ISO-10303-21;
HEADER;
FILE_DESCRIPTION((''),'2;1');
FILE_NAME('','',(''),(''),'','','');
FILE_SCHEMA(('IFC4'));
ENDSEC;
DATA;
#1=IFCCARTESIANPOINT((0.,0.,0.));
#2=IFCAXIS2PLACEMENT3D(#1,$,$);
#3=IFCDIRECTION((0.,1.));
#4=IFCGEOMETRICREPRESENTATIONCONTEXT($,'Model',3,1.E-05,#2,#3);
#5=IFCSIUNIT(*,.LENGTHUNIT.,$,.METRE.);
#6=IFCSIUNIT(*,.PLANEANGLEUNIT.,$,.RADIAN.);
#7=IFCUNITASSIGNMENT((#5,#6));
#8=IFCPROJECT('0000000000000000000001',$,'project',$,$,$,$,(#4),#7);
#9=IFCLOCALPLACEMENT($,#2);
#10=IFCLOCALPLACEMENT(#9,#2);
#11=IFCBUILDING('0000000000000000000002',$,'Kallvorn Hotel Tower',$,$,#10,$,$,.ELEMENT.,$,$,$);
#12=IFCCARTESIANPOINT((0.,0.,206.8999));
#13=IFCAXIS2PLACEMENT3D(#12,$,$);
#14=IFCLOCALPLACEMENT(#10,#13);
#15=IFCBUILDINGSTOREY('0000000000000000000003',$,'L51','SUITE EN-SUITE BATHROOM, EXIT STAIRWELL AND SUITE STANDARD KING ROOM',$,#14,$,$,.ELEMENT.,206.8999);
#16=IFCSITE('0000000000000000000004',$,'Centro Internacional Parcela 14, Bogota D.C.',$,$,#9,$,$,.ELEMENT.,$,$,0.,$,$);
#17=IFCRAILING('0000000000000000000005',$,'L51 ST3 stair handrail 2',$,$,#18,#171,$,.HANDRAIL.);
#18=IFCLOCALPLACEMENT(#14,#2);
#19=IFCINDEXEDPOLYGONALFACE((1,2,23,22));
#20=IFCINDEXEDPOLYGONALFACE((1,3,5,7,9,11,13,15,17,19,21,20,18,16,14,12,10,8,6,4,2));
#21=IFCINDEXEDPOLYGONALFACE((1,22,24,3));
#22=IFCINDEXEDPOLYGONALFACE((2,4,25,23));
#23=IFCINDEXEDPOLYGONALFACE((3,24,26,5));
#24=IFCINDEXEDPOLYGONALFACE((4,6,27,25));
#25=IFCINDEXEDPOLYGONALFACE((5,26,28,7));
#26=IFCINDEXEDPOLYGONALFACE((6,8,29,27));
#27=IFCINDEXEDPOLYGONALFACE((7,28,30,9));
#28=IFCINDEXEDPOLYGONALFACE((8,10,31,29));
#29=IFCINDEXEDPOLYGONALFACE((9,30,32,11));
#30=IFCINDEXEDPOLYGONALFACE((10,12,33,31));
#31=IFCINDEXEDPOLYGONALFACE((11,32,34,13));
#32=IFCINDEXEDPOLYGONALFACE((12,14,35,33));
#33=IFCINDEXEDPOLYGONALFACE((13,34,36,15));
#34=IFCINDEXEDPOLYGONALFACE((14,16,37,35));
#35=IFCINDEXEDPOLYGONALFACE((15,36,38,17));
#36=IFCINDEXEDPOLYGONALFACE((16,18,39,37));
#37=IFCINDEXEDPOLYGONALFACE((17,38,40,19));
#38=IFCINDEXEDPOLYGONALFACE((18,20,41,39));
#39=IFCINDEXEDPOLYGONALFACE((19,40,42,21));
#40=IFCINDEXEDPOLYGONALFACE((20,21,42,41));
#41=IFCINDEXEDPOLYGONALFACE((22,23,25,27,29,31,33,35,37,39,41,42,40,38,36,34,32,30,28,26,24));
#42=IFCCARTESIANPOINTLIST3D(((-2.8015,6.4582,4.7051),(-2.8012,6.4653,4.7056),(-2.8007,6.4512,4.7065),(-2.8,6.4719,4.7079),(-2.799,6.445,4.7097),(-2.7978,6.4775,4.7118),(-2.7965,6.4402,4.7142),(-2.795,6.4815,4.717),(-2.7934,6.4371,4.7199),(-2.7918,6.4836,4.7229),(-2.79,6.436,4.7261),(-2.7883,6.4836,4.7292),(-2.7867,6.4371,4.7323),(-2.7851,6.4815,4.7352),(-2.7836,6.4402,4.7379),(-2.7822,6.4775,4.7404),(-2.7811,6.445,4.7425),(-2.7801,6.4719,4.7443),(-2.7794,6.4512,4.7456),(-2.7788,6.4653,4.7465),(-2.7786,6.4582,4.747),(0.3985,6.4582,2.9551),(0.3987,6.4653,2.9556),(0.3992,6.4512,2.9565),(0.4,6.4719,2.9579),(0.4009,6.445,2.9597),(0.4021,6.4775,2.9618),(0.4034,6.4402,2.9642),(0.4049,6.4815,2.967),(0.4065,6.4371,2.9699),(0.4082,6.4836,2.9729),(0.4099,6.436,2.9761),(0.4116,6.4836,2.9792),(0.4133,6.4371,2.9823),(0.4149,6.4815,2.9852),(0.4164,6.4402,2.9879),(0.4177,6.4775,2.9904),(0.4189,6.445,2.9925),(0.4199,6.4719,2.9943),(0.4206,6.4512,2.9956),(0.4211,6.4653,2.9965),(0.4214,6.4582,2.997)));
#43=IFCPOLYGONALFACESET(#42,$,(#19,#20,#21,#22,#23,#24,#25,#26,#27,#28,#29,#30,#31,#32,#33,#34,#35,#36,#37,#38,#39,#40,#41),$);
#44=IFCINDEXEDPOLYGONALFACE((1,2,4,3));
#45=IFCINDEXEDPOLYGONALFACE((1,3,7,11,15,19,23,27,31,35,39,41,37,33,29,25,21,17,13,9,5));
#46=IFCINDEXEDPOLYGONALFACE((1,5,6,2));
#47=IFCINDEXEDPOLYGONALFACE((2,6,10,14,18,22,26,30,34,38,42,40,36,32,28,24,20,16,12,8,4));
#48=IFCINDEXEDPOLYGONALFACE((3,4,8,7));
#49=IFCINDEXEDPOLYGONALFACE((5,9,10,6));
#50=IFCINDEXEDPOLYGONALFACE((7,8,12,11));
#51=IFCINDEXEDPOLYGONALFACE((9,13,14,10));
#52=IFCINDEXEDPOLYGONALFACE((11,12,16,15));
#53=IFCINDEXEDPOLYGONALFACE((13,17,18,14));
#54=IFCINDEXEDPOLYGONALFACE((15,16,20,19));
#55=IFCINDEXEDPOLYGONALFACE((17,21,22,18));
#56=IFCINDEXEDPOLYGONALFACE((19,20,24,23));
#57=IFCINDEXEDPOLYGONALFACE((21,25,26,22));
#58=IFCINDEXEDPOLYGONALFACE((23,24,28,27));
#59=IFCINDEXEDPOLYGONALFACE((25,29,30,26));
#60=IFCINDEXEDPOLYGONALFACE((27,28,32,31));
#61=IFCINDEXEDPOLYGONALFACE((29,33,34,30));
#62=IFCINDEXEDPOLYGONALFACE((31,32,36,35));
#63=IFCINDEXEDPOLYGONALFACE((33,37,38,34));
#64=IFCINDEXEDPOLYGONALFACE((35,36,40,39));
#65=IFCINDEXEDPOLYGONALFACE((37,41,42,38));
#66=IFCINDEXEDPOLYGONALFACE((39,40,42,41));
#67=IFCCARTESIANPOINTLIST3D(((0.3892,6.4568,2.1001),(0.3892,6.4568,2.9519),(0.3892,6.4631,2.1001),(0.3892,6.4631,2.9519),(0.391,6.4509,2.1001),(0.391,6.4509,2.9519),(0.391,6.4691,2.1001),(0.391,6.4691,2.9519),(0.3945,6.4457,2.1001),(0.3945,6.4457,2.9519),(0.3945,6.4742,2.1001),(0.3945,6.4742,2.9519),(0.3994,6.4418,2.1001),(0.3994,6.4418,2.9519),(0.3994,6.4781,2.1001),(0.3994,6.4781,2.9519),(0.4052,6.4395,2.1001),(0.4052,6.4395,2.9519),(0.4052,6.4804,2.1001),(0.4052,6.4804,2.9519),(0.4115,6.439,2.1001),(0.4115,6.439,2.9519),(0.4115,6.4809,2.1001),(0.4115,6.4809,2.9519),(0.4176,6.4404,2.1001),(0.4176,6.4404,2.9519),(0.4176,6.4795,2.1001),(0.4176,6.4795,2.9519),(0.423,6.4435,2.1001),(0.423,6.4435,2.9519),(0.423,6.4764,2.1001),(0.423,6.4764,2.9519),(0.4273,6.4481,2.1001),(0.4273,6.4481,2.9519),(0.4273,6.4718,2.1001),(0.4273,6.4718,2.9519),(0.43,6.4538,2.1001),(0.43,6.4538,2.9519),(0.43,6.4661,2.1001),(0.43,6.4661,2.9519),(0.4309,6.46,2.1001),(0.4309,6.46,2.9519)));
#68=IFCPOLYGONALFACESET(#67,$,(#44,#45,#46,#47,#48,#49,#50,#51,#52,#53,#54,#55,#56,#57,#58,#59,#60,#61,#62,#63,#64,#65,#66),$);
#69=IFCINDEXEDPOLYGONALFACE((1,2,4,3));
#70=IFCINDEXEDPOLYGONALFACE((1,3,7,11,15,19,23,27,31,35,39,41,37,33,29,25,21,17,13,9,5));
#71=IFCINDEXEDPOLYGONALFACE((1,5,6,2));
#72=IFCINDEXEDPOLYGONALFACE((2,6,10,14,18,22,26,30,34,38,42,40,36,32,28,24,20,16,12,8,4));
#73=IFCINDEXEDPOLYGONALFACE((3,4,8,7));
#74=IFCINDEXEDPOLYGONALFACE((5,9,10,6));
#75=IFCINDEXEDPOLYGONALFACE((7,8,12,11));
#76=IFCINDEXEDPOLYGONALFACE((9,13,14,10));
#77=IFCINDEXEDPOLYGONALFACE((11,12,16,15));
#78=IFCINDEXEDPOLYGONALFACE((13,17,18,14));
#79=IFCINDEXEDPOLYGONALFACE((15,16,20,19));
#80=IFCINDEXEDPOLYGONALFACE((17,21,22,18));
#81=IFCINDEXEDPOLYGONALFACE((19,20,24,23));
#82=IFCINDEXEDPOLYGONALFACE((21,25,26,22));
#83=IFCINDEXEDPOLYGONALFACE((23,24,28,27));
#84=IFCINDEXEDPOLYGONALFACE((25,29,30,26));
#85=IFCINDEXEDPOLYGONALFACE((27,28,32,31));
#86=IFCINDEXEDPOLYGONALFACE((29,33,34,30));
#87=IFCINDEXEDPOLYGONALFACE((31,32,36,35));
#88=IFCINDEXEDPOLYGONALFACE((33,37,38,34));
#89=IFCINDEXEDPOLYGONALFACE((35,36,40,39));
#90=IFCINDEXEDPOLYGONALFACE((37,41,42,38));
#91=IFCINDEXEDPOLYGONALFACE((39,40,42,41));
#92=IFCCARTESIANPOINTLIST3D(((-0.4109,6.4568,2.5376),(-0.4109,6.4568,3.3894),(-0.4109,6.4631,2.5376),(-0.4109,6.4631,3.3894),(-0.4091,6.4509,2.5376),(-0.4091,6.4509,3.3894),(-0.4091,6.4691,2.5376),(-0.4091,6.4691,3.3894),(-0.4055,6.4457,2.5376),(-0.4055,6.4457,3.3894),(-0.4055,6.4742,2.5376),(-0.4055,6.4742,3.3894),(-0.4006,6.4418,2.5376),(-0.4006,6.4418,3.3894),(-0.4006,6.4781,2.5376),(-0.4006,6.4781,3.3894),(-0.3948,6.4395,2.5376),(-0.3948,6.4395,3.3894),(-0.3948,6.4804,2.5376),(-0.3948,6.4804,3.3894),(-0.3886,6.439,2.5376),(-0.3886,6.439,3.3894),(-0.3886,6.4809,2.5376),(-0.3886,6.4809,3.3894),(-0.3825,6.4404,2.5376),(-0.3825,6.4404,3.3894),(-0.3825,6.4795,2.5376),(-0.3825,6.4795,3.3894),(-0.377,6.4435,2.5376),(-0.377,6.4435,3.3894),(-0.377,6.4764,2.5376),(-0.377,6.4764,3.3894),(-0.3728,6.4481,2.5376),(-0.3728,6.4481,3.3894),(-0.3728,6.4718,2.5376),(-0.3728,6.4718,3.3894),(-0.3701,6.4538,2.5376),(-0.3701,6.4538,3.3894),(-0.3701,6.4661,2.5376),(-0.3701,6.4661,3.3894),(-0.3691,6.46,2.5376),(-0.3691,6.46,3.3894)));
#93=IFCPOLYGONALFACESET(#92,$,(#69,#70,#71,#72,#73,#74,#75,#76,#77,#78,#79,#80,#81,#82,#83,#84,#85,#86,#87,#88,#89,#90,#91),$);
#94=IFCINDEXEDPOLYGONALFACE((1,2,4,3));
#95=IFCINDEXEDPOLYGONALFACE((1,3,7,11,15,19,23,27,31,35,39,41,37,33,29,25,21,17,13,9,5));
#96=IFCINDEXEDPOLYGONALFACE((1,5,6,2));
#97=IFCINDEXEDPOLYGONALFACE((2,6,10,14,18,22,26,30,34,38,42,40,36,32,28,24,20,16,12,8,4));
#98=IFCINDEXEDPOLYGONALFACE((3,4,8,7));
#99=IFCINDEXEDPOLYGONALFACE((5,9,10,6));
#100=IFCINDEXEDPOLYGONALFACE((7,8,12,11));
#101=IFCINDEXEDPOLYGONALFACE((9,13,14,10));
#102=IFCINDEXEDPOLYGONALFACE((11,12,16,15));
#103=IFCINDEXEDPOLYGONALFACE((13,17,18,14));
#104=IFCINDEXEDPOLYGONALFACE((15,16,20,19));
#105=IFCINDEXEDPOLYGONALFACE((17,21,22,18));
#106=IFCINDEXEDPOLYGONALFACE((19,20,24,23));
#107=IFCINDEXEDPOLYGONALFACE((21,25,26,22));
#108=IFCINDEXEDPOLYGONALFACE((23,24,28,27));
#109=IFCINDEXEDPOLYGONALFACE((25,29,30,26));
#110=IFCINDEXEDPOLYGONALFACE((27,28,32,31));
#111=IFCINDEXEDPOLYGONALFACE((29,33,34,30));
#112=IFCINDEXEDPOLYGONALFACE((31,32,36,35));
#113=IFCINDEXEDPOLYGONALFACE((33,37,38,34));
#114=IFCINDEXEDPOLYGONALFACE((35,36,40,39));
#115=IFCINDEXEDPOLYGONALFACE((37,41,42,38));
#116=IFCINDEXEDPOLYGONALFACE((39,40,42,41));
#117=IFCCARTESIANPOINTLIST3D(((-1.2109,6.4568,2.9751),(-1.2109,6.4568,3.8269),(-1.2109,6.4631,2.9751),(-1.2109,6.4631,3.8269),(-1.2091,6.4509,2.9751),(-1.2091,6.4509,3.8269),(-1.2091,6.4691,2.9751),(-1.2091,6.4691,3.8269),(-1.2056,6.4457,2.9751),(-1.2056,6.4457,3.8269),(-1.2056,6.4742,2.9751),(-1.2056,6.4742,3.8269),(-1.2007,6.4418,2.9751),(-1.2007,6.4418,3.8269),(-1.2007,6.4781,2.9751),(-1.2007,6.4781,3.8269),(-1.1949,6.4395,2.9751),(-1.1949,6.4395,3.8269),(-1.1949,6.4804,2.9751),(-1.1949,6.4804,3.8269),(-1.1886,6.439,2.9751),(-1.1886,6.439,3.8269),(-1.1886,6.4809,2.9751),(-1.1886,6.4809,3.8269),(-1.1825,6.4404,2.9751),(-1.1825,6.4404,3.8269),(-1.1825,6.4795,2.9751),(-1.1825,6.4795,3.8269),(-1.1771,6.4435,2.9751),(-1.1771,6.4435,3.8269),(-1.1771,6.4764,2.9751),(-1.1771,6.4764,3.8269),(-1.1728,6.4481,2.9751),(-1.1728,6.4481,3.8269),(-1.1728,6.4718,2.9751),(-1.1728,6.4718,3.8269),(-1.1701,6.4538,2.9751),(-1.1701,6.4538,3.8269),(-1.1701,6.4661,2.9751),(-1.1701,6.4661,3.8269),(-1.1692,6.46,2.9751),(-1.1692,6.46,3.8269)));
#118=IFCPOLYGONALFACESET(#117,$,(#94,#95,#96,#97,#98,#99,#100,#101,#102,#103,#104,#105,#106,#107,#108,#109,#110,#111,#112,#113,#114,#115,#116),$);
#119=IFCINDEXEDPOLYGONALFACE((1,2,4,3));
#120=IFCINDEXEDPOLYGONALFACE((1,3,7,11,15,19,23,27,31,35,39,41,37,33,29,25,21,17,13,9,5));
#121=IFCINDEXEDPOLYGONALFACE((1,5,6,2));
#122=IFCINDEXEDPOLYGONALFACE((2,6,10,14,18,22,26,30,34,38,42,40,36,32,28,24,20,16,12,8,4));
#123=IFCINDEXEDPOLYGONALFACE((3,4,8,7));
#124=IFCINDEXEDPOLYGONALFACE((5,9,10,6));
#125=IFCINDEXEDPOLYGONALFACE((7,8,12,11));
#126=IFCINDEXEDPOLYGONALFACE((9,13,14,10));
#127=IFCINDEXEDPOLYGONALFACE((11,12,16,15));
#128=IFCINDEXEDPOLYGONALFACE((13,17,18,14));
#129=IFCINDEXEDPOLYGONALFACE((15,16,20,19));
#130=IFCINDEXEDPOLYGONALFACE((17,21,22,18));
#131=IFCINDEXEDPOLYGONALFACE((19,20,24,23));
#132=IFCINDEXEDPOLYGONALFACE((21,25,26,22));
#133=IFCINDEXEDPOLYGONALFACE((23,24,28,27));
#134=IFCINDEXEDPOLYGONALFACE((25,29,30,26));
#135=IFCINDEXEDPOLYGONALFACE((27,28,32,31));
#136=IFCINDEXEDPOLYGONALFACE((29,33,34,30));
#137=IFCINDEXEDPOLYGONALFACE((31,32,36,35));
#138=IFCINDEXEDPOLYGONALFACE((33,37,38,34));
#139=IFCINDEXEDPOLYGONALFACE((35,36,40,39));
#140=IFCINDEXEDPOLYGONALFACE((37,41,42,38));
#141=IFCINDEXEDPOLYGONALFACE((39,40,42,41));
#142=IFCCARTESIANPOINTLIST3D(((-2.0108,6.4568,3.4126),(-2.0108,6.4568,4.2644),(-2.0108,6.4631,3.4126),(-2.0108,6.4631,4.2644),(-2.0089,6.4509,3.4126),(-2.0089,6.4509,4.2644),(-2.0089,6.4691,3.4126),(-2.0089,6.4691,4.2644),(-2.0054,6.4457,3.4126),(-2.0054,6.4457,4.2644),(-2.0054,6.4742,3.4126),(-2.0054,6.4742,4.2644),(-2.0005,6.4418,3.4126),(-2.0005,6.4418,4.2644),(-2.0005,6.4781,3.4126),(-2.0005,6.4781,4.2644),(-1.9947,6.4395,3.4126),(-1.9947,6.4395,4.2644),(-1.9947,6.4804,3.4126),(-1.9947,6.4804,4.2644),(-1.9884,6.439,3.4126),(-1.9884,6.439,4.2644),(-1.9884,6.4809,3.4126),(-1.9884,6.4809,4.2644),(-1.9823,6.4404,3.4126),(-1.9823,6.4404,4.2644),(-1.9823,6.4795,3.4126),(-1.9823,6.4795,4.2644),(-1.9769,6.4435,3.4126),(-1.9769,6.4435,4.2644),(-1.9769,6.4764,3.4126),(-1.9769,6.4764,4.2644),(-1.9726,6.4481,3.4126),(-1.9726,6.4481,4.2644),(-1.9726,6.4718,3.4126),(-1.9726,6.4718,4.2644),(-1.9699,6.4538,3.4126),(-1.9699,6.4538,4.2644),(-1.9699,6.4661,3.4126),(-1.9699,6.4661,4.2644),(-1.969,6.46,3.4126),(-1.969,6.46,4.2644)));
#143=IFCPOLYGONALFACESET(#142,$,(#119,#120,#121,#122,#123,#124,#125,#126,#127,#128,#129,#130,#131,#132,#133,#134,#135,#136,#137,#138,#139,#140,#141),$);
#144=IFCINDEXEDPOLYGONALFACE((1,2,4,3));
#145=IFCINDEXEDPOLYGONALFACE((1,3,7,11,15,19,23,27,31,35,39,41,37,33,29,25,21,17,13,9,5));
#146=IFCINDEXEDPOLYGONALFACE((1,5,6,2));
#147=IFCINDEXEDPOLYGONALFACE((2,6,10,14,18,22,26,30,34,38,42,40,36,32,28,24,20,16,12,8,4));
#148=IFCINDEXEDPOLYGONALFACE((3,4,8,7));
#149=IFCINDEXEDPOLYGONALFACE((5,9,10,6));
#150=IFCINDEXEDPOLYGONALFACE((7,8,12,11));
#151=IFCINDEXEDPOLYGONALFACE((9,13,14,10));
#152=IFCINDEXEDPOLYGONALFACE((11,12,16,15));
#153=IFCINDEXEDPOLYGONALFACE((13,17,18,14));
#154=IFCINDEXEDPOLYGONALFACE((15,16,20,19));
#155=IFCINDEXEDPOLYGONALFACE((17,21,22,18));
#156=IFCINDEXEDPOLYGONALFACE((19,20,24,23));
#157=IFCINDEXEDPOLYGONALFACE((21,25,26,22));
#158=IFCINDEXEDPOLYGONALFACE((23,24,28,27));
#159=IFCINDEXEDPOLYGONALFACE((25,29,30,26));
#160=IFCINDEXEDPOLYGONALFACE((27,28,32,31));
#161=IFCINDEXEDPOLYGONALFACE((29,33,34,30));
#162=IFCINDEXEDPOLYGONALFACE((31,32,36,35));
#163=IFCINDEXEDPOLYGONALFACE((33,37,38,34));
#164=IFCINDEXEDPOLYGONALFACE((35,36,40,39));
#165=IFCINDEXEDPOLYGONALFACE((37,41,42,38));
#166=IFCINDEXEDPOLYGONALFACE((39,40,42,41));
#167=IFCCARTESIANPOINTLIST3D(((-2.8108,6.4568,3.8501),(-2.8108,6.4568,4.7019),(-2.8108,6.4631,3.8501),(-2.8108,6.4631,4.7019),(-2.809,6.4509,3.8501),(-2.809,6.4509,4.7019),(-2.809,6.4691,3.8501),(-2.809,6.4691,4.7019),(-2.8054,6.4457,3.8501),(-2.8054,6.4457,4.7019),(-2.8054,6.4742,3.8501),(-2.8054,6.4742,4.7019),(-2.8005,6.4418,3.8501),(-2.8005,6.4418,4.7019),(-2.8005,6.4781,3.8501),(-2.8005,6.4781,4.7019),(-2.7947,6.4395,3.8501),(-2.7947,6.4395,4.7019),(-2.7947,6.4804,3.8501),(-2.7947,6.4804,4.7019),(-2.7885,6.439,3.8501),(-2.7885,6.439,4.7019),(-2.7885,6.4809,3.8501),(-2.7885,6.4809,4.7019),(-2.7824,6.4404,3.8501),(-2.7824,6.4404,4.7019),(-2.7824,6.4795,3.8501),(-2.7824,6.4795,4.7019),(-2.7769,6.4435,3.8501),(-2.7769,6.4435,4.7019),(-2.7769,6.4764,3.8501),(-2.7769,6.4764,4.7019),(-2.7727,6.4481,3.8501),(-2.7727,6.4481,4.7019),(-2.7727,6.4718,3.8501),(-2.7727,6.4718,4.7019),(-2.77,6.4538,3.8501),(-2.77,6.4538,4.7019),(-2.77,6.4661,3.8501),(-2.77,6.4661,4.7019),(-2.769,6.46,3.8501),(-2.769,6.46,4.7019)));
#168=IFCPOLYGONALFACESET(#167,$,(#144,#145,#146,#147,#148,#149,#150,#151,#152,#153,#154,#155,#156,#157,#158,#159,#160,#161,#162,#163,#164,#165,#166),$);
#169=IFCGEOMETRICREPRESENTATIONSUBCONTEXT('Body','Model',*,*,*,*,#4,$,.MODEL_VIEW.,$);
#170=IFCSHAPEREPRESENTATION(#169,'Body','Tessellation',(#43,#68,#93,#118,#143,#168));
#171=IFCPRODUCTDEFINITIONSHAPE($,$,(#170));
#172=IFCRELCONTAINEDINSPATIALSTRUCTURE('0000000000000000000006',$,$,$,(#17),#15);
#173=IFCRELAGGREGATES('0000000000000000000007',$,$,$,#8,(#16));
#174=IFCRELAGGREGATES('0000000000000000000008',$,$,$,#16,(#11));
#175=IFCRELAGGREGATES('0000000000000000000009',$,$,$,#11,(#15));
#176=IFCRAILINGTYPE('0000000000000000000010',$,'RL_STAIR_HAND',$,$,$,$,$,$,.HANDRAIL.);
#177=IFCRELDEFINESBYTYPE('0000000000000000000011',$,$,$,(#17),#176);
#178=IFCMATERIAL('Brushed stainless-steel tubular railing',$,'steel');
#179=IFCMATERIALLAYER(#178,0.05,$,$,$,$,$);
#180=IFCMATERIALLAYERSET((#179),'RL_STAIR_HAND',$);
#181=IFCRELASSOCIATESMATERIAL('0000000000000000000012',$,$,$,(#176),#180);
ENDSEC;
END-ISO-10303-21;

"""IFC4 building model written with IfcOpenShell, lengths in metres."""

from ifc_helpers import new_model, si_unit, direction, frame, origin, origin_2d, place, context, subcontext, project, spatial, circle, extrude, material, layer, layer_set, type_object, element, save


model = new_model("IFC4")

# Units and contexts
model_context = context("Model", 3, precision=1e-05, world=origin(), true_north=direction((0.0, 1.0)))
body_context = subcontext(model_context, "Body", "Model", "MODEL_VIEW")
ifc_project = project(units=[si_unit("LENGTHUNIT", "METRE"), si_unit("PLANEANGLEUNIT", "RADIAN")], contexts=[model_context])

# Site, building, storey
site_placement = place(None, origin())
site = spatial("IfcSite", under=ifc_project, at=site_placement, Name="Centro Internacional Parcela 14, Bogota D.C.", CompositionType="ELEMENT", RefElevation=0.0)
building_placement = place(site_placement, origin())
building = spatial("IfcBuilding", under=site, at=building_placement, Name="Kallvorn Hotel Tower", CompositionType="ELEMENT")
storey_placement = place(building_placement, frame((0.0, 0.0, 206.8999)))
storey = spatial("IfcBuildingStorey", under=building, at=storey_placement, Name="L51", Description="SUITE EN-SUITE BATHROOM, EXIT STAIRWELL AND SUITE STANDARD KING ROOM", CompositionType="ELEMENT", Elevation=206.8999)

# Railing
ifc_material_1 = material(Name="Brushed stainless-steel tubular railing", Category="steel")
ifc_layer_1 = layer(ifc_material_1, 0.05)
ifc_layer_set_1 = layer_set([ifc_layer_1], Name="RL_STAIR_HAND")
railing_type = type_object("IfcRailingType", Name="RL_STAIR_HAND", PredefinedType="HANDRAIL", material=ifc_layer_set_1)
railing_placement = place(storey_placement, frame((0.4099, 6.46, 2.1001)))
element("IfcRailing", 1, at=railing_placement, inside=storey, type_object=railing_type, Name="L51 ST3 stair handrail 2", PredefinedType="HANDRAIL", context=body_context, shape_type="SweptSolid", body=[
    extrude(circle(Radius=0.0239, at=origin_2d()), frame((0.0, 0.0, 0.876), z_axis=(-0.877368, 0.0, 0.479818), x_axis=(0.0, -1.0, 0.0)), (0.0, 0.0, 1.0), 3.6472),
    extrude(circle(Radius=0.021, at=origin_2d()), origin(), (0.0, 0.0, 1.0), 0.8518),
    extrude(circle(Radius=0.021, at=origin_2d()), frame((-0.8, 0.0, 0.4375)), (0.0, 0.0, 1.0), 0.8518),
    extrude(circle(Radius=0.021, at=origin_2d()), frame((-1.6001, 0.0, 0.875)), (0.0, 0.0, 1.0), 0.8518),
    extrude(circle(Radius=0.021, at=origin_2d()), frame((-2.3999, 0.0, 1.3125)), (0.0, 0.0, 1.0), 0.8518),
    extrude(circle(Radius=0.021, at=origin_2d()), frame((-3.2, 0.0, 1.75)), (0.0, 0.0, 1.0), 0.8518),
])

save(model, "model.ifc")
